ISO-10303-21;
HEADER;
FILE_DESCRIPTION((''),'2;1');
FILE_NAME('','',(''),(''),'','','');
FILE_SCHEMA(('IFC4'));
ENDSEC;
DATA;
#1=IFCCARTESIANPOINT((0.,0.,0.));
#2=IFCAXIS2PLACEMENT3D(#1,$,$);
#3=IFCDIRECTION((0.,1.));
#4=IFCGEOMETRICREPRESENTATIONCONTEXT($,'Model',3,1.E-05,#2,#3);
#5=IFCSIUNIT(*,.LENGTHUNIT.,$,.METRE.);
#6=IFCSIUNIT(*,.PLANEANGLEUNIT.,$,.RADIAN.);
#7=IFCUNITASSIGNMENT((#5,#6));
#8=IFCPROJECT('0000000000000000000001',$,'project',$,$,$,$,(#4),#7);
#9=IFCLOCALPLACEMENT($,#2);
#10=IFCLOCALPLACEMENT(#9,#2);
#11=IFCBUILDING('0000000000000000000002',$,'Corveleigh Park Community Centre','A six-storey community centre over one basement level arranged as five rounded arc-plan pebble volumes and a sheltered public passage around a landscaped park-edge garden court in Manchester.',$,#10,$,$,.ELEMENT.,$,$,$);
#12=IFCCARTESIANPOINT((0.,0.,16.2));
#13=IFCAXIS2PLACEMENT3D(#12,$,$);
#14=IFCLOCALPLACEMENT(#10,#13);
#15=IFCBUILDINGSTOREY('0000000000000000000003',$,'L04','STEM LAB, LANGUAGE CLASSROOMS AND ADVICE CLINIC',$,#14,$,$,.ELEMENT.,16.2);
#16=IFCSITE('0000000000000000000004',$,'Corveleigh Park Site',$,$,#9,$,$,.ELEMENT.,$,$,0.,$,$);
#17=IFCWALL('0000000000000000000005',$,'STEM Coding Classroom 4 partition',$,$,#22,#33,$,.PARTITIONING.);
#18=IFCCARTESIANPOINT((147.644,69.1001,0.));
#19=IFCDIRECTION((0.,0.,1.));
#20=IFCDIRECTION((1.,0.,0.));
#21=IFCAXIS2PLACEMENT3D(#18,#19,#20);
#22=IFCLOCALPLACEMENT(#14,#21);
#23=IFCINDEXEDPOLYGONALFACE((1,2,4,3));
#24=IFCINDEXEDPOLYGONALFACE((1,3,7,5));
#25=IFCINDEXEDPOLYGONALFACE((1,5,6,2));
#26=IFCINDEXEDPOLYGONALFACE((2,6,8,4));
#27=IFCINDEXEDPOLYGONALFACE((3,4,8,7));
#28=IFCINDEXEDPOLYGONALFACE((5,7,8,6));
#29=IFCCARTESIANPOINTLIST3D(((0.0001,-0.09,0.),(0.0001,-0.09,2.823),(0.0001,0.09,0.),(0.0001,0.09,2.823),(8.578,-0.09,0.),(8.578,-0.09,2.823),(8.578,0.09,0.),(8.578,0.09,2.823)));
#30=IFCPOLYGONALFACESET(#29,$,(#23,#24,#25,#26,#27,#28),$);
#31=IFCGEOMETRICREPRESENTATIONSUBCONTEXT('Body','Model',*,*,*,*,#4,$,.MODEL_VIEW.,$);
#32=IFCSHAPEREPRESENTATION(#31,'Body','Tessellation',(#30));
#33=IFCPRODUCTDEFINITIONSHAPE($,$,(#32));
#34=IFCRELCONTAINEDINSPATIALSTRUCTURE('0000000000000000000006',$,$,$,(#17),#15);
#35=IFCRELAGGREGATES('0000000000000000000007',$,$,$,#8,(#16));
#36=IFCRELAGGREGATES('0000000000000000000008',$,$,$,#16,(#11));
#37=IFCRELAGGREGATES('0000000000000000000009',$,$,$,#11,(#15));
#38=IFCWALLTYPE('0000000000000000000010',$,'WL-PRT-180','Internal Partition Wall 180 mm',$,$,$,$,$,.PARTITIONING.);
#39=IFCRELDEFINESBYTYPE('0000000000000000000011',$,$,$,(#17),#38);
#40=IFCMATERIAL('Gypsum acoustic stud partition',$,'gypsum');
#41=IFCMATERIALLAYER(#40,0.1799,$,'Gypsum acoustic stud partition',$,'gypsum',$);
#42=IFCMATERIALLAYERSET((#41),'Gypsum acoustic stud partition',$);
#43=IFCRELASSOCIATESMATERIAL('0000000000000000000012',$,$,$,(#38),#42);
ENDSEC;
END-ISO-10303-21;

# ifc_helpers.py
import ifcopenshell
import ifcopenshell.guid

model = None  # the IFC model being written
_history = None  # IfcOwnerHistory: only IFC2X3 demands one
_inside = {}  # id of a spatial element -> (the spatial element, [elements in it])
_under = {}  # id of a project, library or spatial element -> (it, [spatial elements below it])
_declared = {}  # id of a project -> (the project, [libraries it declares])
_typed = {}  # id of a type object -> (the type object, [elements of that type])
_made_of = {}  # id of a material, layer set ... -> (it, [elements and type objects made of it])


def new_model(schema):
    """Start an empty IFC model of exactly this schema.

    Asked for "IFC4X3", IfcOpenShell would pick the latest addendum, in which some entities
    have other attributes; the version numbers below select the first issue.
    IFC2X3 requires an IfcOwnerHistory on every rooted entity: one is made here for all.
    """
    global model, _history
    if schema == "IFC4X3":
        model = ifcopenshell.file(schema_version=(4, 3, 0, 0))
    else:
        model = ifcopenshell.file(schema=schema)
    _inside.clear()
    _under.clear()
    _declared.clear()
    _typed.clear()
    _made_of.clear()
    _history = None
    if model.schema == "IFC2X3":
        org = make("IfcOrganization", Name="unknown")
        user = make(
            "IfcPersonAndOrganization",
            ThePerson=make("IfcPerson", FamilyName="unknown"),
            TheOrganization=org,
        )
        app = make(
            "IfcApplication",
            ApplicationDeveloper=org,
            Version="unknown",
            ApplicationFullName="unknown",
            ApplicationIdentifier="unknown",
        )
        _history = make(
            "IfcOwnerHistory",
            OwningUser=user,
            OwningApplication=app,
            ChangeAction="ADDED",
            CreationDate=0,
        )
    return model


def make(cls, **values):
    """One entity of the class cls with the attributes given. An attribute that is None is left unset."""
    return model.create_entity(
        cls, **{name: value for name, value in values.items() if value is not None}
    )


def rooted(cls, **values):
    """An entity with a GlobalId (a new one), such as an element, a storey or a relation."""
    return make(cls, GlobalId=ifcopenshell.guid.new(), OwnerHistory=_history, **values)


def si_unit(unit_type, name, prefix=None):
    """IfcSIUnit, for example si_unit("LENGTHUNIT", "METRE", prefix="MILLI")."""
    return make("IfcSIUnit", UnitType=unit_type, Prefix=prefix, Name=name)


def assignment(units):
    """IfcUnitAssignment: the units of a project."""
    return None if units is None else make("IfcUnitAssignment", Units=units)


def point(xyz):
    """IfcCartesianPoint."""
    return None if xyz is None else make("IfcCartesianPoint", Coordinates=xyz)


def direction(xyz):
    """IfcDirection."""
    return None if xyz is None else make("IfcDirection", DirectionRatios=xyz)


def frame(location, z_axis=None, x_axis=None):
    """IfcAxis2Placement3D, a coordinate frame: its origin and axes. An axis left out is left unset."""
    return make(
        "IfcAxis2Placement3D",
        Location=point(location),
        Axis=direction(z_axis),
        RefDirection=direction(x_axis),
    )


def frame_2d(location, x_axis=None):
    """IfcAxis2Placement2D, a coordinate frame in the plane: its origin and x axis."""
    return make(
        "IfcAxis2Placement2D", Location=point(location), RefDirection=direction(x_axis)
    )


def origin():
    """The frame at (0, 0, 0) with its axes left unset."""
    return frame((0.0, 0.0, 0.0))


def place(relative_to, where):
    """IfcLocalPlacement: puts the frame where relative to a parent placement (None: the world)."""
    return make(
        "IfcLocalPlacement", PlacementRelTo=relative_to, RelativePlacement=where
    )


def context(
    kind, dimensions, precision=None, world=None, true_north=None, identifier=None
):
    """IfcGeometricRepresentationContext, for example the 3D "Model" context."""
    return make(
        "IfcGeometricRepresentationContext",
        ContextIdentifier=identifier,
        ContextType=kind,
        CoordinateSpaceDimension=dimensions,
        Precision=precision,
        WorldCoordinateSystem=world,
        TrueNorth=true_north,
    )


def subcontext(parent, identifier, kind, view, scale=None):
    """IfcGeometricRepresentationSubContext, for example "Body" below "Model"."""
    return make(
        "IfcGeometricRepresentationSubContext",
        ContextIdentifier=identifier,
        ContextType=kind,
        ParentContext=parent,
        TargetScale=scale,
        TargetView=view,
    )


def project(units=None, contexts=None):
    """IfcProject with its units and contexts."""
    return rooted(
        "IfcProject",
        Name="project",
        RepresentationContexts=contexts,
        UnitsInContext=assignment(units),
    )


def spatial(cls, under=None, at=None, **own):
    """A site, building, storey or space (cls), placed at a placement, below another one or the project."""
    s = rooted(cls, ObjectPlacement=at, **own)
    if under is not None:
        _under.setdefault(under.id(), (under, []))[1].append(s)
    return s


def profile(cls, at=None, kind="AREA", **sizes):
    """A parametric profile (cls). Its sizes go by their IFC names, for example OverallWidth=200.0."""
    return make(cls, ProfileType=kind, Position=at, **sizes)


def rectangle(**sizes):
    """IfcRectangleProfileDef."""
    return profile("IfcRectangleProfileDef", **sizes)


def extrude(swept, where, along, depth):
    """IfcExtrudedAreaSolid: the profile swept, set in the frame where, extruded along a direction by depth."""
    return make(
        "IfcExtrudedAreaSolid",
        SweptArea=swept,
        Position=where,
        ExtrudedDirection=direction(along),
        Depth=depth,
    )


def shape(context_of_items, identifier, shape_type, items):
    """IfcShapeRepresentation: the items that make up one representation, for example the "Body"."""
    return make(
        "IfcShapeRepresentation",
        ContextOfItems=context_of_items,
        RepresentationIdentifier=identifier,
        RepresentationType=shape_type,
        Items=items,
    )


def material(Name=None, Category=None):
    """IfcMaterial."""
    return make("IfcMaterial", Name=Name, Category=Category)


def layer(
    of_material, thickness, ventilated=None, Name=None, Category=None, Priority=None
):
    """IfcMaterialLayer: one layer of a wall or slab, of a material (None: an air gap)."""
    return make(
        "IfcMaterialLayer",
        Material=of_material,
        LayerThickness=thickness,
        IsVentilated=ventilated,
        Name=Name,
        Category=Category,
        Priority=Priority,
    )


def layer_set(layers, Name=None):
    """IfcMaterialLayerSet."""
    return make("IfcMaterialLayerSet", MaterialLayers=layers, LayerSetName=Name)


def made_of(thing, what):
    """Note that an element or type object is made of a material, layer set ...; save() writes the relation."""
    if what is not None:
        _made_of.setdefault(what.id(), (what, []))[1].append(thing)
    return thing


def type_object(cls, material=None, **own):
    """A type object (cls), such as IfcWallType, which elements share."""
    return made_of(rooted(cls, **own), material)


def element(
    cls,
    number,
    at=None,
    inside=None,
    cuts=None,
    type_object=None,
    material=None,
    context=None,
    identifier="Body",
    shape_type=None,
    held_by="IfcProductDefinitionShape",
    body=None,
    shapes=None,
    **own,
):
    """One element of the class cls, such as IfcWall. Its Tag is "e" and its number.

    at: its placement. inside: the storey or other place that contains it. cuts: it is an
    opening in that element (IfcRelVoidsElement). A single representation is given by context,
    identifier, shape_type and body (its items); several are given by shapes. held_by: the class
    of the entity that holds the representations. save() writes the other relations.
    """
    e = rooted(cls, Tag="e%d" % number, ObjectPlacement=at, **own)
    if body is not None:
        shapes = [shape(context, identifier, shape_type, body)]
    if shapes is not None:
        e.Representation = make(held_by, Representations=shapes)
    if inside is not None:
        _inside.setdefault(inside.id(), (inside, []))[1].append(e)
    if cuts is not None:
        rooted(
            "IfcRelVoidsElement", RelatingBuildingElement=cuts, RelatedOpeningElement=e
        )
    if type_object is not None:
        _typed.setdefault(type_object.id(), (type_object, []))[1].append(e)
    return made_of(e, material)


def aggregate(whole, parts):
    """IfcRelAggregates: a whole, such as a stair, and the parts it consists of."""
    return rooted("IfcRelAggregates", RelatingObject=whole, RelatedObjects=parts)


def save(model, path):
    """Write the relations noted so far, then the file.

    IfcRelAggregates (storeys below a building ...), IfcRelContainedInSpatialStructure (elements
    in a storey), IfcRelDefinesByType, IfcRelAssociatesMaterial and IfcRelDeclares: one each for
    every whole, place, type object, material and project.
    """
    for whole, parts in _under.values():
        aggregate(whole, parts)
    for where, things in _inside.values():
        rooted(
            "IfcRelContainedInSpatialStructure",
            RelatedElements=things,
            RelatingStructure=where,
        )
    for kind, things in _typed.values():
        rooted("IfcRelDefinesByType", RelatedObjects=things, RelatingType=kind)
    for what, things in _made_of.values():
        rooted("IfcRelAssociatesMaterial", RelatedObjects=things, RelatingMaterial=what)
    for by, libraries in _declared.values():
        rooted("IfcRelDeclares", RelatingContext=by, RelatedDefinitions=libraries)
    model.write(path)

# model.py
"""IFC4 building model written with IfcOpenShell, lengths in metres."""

from ifc_helpers import new_model, si_unit, direction, frame, frame_2d, origin, place, context, subcontext, project, spatial, rectangle, extrude, material, layer, layer_set, type_object, element, save


model = new_model("IFC4")

# Units and contexts
model_context = context("Model", 3, precision=1e-05, world=origin(), true_north=direction((0.0, 1.0)))
body_context = subcontext(model_context, "Body", "Model", "MODEL_VIEW")
ifc_project = project(units=[si_unit("LENGTHUNIT", "METRE"), si_unit("PLANEANGLEUNIT", "RADIAN")], contexts=[model_context])

# Site, building, storey
site_placement = place(None, origin())
site = spatial("IfcSite", under=ifc_project, at=site_placement, Name="Corveleigh Park Site", CompositionType="ELEMENT", RefElevation=0.0)
building_placement = place(site_placement, origin())
building = spatial("IfcBuilding", under=site, at=building_placement, Name="Corveleigh Park Community Centre", Description="A six-storey community centre over one basement level arranged as five rounded arc-plan pebble volumes and a sheltered public passage around a landscaped park-edge garden court in Manchester.", CompositionType="ELEMENT")
storey_placement = place(building_placement, frame((0.0, 0.0, 16.2)))
storey = spatial("IfcBuildingStorey", under=building, at=storey_placement, Name="L04", Description="STEM LAB, LANGUAGE CLASSROOMS AND ADVICE CLINIC", CompositionType="ELEMENT", Elevation=16.2)

# Wall
ifc_material_1 = material(Name="Gypsum acoustic stud partition", Category="gypsum")
ifc_layer_1 = layer(ifc_material_1, 0.1799, Name="Gypsum acoustic stud partition", Category="gypsum")
ifc_layer_set_1 = layer_set([ifc_layer_1], Name="Gypsum acoustic stud partition")
wall_type_1 = type_object("IfcWallType", Name="WL-PRT-180", Description="Internal Partition Wall 180 mm", PredefinedType="PARTITIONING", material=ifc_layer_set_1)
wall_1_placement = place(storey_placement, frame((147.644, 69.1001, 0.0), z_axis=(0.0, 0.0, 1.0), x_axis=(1.0, 0.0, 0.0)))
element("IfcWall", 1, at=wall_1_placement, inside=storey, type_object=wall_type_1, Name="STEM Coding Classroom 4 partition", PredefinedType="PARTITIONING", context=body_context, shape_type="SweptSolid", body=[
    extrude(rectangle(XDim=8.5779, YDim=0.1799, at=frame_2d((4.2891, 0.0))), origin(), (0.0, 0.0, 1.0), 2.823),
])

save(model, "model.ifc")
